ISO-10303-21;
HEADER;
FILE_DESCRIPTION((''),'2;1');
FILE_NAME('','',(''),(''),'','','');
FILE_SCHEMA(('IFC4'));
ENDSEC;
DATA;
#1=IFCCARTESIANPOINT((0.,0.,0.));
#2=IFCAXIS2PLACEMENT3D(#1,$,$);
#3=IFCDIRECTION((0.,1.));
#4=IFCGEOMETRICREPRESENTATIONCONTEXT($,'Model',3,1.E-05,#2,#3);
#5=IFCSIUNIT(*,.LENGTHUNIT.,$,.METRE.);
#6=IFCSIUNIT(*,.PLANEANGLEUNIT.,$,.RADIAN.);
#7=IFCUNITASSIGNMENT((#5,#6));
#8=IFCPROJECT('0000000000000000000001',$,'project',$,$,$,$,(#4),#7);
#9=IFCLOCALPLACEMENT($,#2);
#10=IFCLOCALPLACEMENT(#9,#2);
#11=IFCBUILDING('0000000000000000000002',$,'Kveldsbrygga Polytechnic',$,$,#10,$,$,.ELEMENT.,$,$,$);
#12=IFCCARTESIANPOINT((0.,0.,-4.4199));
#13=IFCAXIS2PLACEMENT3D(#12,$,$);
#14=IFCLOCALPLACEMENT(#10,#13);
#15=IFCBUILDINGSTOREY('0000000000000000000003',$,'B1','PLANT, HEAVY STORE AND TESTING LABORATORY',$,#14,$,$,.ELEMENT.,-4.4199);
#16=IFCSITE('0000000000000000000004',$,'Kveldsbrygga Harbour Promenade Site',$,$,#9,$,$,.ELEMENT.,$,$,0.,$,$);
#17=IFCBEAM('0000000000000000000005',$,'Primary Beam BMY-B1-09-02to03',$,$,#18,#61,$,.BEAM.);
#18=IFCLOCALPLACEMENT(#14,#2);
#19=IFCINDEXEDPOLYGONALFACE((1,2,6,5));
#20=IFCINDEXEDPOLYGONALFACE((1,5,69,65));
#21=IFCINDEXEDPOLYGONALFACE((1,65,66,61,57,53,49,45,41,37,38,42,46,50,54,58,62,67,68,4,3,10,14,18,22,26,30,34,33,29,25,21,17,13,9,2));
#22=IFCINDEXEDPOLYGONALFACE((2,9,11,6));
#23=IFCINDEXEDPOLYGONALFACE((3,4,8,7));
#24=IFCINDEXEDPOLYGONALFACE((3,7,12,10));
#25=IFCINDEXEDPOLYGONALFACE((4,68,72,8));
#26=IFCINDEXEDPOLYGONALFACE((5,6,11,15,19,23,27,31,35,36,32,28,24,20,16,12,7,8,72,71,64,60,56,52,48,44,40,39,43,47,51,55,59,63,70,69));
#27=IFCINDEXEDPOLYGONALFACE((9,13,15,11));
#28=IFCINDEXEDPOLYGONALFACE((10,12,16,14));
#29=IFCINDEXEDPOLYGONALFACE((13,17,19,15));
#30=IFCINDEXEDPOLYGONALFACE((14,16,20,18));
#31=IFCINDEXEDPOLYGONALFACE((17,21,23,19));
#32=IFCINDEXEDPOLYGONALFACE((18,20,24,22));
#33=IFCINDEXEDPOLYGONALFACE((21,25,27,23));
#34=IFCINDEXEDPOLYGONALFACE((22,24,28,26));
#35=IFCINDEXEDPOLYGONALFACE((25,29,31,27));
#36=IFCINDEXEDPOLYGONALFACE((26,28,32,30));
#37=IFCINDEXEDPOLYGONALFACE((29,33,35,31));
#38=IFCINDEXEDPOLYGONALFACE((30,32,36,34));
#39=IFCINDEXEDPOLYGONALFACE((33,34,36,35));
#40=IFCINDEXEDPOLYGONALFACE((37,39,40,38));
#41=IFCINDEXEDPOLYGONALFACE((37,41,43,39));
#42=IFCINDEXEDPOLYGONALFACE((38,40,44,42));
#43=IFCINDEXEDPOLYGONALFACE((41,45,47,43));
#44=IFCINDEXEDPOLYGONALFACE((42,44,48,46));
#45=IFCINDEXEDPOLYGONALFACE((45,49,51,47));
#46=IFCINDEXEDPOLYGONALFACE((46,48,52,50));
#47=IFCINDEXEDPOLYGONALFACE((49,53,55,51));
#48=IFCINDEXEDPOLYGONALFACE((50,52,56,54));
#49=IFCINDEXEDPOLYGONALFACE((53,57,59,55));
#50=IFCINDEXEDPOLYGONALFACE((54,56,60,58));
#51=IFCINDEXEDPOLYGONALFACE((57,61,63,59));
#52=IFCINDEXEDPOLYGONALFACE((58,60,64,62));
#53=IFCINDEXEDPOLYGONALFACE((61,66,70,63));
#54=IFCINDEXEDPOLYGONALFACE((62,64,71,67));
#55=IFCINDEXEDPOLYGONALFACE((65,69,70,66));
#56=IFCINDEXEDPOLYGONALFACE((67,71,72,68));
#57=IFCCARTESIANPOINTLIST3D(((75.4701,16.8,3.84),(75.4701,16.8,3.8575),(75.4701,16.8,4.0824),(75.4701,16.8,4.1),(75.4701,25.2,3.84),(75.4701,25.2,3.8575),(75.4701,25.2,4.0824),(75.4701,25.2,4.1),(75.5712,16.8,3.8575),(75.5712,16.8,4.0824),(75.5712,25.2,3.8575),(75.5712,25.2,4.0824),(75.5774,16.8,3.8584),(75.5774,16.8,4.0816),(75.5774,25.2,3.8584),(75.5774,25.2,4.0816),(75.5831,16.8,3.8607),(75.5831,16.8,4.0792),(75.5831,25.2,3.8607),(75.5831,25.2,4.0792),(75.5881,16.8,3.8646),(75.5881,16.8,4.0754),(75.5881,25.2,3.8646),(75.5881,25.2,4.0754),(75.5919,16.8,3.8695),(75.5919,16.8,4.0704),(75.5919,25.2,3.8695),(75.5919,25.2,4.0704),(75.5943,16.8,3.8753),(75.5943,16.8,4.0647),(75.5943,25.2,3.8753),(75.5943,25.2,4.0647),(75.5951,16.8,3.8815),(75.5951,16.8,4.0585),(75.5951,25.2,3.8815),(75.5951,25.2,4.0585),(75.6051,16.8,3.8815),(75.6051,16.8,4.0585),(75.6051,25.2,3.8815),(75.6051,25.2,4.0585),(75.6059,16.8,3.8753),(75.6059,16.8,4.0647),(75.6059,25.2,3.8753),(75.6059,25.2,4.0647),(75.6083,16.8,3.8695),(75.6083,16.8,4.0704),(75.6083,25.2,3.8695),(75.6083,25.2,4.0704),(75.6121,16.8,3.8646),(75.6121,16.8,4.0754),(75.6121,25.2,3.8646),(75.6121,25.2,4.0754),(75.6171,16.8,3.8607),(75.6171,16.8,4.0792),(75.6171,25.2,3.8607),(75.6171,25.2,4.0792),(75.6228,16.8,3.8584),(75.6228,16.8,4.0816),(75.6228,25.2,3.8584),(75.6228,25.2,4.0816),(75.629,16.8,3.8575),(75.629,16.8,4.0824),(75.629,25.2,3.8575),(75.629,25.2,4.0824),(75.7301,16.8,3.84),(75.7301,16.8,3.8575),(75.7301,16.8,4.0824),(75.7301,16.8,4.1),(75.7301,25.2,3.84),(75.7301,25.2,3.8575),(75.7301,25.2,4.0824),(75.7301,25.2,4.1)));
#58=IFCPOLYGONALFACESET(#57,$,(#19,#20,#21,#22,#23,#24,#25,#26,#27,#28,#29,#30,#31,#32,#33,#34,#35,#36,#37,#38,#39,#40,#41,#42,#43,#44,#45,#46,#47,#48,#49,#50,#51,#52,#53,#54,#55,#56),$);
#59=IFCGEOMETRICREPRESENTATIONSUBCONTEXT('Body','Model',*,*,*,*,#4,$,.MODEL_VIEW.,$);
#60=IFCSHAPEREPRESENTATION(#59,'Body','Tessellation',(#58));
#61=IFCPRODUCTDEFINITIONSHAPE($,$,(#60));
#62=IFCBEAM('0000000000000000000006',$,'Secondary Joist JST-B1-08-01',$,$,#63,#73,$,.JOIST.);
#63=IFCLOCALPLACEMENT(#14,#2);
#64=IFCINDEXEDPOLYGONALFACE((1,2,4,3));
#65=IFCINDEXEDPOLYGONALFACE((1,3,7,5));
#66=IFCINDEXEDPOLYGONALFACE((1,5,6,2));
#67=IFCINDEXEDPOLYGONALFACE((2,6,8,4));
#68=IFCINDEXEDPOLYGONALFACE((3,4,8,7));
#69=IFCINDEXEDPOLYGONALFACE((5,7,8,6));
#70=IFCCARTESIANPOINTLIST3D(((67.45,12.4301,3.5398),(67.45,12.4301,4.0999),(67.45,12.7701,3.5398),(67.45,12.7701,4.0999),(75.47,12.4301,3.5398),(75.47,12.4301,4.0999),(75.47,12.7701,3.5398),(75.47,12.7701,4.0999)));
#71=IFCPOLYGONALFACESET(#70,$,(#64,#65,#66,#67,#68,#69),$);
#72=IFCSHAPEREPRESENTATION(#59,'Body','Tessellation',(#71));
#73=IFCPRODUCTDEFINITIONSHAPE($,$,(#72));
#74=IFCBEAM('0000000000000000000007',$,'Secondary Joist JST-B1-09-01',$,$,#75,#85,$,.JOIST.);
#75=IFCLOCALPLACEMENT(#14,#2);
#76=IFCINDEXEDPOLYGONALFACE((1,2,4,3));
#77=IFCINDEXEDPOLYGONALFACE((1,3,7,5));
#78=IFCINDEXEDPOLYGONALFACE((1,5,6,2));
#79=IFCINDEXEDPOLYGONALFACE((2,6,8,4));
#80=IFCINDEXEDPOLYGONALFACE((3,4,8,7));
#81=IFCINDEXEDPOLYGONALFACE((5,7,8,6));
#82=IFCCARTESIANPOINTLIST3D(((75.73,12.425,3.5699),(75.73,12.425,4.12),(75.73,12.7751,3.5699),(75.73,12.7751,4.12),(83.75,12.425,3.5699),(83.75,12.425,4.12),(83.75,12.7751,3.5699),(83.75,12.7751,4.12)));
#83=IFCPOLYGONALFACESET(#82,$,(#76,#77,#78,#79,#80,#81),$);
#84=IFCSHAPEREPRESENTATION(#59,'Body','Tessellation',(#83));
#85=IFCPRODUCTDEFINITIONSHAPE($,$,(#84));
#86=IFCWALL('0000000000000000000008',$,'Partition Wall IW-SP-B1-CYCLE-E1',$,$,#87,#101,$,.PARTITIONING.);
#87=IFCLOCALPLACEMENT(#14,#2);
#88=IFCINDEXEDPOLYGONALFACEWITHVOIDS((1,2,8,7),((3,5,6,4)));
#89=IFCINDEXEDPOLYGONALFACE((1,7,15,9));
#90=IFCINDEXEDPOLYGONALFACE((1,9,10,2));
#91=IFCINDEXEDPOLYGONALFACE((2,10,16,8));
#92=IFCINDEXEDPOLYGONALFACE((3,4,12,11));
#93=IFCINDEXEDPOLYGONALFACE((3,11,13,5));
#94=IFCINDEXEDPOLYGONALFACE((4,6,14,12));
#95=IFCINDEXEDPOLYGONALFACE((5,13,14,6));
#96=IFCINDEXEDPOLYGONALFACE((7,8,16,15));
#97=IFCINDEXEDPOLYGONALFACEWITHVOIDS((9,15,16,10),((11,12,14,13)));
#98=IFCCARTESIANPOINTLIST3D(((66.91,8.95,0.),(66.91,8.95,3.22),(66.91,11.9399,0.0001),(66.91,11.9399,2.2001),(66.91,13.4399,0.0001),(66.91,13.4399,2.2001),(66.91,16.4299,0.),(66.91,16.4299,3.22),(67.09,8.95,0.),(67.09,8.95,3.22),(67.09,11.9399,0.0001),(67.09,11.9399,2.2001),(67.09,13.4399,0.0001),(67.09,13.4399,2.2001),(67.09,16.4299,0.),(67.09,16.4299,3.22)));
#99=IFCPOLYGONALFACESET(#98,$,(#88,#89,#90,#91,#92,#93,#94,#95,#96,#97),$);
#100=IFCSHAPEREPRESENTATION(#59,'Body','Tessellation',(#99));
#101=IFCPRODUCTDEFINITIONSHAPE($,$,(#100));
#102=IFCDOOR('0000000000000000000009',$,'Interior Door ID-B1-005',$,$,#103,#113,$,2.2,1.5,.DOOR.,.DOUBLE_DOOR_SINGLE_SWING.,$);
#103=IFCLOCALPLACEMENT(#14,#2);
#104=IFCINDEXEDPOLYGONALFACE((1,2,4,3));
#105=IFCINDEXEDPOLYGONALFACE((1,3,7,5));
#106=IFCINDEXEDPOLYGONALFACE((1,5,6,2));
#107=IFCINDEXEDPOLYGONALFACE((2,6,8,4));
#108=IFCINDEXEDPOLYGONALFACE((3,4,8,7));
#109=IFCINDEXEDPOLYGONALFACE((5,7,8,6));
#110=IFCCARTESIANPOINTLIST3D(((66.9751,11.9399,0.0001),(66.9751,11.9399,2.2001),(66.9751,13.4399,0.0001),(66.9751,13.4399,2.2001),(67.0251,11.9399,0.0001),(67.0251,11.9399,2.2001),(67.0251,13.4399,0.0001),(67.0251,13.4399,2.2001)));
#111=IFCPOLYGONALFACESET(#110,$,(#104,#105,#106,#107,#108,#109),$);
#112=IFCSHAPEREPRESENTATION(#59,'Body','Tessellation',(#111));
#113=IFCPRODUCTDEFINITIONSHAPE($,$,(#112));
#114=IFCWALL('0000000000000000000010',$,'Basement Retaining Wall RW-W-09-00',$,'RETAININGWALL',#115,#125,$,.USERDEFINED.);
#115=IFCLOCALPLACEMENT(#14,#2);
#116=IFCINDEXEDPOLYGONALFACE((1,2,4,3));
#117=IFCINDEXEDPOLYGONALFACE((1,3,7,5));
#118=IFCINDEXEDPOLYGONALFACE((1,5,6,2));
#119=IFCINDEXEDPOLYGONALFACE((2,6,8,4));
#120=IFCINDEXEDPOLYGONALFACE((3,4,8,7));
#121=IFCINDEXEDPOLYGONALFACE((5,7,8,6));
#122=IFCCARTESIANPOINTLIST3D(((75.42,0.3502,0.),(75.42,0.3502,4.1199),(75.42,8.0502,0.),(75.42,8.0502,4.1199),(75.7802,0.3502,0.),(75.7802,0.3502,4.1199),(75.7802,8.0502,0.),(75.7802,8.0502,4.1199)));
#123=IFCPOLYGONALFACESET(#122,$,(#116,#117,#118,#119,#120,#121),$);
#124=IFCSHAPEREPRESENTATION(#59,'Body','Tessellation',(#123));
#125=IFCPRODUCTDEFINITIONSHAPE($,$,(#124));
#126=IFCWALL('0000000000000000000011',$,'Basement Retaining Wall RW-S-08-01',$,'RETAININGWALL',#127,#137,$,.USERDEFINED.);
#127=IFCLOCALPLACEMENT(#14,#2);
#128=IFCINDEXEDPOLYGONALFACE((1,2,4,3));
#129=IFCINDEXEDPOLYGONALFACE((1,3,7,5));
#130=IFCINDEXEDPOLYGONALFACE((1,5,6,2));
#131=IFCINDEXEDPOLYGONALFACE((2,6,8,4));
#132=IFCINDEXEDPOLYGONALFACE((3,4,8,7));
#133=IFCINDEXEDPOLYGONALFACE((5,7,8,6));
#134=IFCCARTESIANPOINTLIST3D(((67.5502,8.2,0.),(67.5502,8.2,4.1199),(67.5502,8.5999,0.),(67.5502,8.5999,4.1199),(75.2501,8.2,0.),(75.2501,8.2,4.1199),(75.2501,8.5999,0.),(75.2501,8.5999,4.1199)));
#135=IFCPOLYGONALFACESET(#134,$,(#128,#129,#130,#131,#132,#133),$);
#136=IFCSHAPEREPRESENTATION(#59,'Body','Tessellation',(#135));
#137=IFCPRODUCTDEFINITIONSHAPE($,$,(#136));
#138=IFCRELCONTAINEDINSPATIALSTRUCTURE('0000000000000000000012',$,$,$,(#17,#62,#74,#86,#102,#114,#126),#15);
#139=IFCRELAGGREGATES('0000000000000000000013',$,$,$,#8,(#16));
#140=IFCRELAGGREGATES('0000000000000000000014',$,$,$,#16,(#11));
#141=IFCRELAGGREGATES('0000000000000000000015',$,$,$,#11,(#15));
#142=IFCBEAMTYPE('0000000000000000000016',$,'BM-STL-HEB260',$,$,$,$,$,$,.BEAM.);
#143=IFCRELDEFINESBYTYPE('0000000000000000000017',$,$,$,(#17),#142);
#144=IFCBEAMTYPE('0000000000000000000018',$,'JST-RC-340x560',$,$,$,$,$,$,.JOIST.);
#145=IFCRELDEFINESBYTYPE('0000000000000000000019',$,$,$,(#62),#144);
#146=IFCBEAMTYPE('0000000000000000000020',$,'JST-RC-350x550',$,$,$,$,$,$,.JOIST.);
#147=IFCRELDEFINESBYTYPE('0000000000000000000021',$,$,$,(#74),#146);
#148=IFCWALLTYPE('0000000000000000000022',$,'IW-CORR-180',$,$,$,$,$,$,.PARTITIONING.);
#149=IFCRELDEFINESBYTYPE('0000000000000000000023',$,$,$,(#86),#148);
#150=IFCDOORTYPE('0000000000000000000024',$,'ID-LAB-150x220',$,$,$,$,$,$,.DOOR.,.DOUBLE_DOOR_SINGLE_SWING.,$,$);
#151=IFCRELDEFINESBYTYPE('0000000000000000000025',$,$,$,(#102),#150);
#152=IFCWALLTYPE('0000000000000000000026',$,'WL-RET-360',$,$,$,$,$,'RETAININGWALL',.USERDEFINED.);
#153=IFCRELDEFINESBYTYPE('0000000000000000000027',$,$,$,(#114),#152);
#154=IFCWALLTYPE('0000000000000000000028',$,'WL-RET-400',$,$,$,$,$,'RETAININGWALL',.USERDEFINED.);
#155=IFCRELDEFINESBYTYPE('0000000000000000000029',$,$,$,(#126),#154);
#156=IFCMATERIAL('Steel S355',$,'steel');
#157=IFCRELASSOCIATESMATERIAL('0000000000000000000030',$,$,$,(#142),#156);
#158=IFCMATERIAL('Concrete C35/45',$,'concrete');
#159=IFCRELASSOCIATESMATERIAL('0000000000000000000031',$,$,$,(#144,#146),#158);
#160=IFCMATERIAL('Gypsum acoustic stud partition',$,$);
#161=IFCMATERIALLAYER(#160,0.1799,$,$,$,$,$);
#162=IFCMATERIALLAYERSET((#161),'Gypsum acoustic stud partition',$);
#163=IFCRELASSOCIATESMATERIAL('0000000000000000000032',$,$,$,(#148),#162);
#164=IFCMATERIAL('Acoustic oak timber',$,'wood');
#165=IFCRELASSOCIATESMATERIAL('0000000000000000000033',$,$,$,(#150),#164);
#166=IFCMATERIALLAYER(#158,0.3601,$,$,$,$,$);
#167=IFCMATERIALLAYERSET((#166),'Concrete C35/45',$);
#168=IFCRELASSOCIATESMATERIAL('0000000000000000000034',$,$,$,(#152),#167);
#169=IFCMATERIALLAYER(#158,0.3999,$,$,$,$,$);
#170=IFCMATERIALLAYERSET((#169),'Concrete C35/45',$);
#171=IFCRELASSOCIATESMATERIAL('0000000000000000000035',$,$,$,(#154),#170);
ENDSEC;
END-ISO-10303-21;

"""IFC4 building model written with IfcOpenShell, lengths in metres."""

from ifc_helpers import new_model, si_unit, direction, frame, frame_2d, origin, origin_2d, place, context, subcontext, project, spatial, rectangle, i_section, extrude, material, layer, layer_set, material_profile, profile_set, type_object, element, fill, save


model = new_model("IFC4")

# Units and contexts
model_context = context("Model", 3, precision=1e-05, world=origin(), true_north=direction((0.0, 1.0)))
body_context = subcontext(model_context, "Body", "Model", "MODEL_VIEW")
ifc_project = project(units=[si_unit("LENGTHUNIT", "METRE"), si_unit("PLANEANGLEUNIT", "RADIAN")], contexts=[model_context])

# Site, building, storey
site_placement = place(None, origin())
site = spatial("IfcSite", under=ifc_project, at=site_placement, Name="Kveldsbrygga Harbour Promenade Site", CompositionType="ELEMENT", RefElevation=0.0)
building_placement = place(site_placement, origin())
building = spatial("IfcBuilding", under=site, at=building_placement, Name="Kveldsbrygga Polytechnic", CompositionType="ELEMENT")
storey_placement = place(building_placement, frame((0.0, 0.0, -4.4199)))
storey = spatial("IfcBuildingStorey", under=building, at=storey_placement, Name="B1", Description="PLANT, HEAVY STORE AND TESTING LABORATORY", CompositionType="ELEMENT", Elevation=-4.4199)

# Beams
ifc_material_1 = material(Name="Concrete C35/45", Category="concrete")
ifc_material_2 = material(Name="Steel S355", Category="steel")
ifc_material_profile_1 = material_profile(ifc_material_2, i_section(OverallWidth=0.26, OverallDepth=0.26, WebThickness=0.01, FlangeThickness=0.0176, FilletRadius=0.0239, at=origin_2d()), Name="HEB 260")
ifc_profile_set_1 = profile_set([ifc_material_profile_1], Name="Steel S355")
beam_type_1 = type_object("IfcBeamType", Name="BM-STL-HEB260", PredefinedType="BEAM", material=ifc_profile_set_1)
beam_1_placement = place(storey_placement, frame((75.6001, 16.8, 3.97), z_axis=(0.0, 1.0, 0.0), x_axis=(-1.0, 0.0, 0.0)))
element("IfcBeam", 1, at=beam_1_placement, inside=storey, type_object=beam_type_1, Name="Primary Beam BMY-B1-09-02to03", PredefinedType="BEAM", context=body_context, shape_type="SweptSolid", body=[
    extrude(i_section(OverallWidth=0.26, OverallDepth=0.26, WebThickness=0.01, FlangeThickness=0.0176, FilletRadius=0.0239, at=origin_2d()), origin(), (0.0, 0.0, 1.0), 8.3999),
])
ifc_material_profile_2 = material_profile(ifc_material_1, rectangle(XDim=0.3401, YDim=0.5601, at=origin_2d()), Name="RC 340x560")
ifc_profile_set_2 = profile_set([ifc_material_profile_2], Name="Concrete C35/45")
beam_type_2 = type_object("IfcBeamType", Name="JST-RC-340x560", PredefinedType="JOIST", material=ifc_profile_set_2)
beam_2_placement = place(storey_placement, frame((67.45, 12.6001, 3.8198), z_axis=(1.0, 0.0, 0.0), x_axis=(0.0, 1.0, 0.0)))
element("IfcBeam", 2, at=beam_2_placement, inside=storey, type_object=beam_type_2, Name="Secondary Joist JST-B1-08-01", PredefinedType="JOIST", context=body_context, shape_type="SweptSolid", body=[
    extrude(rectangle(XDim=0.3401, YDim=0.5601, at=origin_2d()), origin(), (0.0, 0.0, 1.0), 8.02),
])
ifc_material_profile_3 = material_profile(ifc_material_1, rectangle(XDim=0.3501, YDim=0.55, at=origin_2d()), Name="RC 350x550")
ifc_profile_set_3 = profile_set([ifc_material_profile_3], Name="Concrete C35/45")
beam_type_3 = type_object("IfcBeamType", Name="JST-RC-350x550", PredefinedType="JOIST", material=ifc_profile_set_3)
beam_3_placement = place(storey_placement, frame((75.73, 12.6001, 3.845), z_axis=(1.0, 0.0, 0.0), x_axis=(0.0, 1.0, 0.0)))
element("IfcBeam", 3, at=beam_3_placement, inside=storey, type_object=beam_type_3, Name="Secondary Joist JST-B1-09-01", PredefinedType="JOIST", context=body_context, shape_type="SweptSolid", body=[
    extrude(rectangle(XDim=0.3501, YDim=0.55, at=origin_2d()), origin(), (0.0, 0.0, 1.0), 8.02),
])

# Wall, opening, door
ifc_material_3 = material(Name="Gypsum acoustic stud partition")
ifc_layer_1 = layer(ifc_material_3, 0.1799)
ifc_layer_set_1 = layer_set([ifc_layer_1], Name="Gypsum acoustic stud partition")
wall_type_1 = type_object("IfcWallType", Name="IW-CORR-180", PredefinedType="PARTITIONING", material=ifc_layer_set_1)
wall_1_placement = place(storey_placement, frame((67.0, 8.95, 0.0), z_axis=(0.0, 0.0, 1.0), x_axis=(0.0, 1.0, 0.0)))
wall_1 = element("IfcWall", 4, at=wall_1_placement, inside=storey, type_object=wall_type_1, Name="Partition Wall IW-SP-B1-CYCLE-E1", PredefinedType="PARTITIONING", context=body_context, shape_type="SweptSolid", body=[
    extrude(rectangle(XDim=7.48, YDim=0.1799, at=frame_2d((3.74, 0.0))), origin(), (0.0, 0.0, 1.0), 3.22),
])
opening_placement = place(wall_1_placement, frame((2.99, 0.0, 0.0)))
opening = element("IfcOpeningElement", 5, at=opening_placement, cuts=wall_1, PredefinedType="OPENING", context=body_context, shape_type="SweptSolid", body=[
    extrude(rectangle(XDim=1.5, YDim=2.2, at=frame_2d((0.75, 1.1001))), frame((0.0, 0.1001, 0.0), z_axis=(0.0, -1.0, 0.0), x_axis=(1.0, 0.0, 0.0)), (0.0, 0.0, 1.0), 0.2),
])
ifc_material_4 = material(Name="Acoustic oak timber", Category="wood")
door_type = type_object("IfcDoorType", Name="ID-LAB-150x220", OperationType="DOUBLE_DOOR_SINGLE_SWING", PredefinedType="DOOR", material=ifc_material_4)
door_placement = place(opening_placement, origin())
door = element("IfcDoor", 6, at=door_placement, inside=storey, type_object=door_type, Name="Interior Door ID-B1-005", OperationType="DOUBLE_DOOR_SINGLE_SWING", OverallHeight=2.2, OverallWidth=1.5, PredefinedType="DOOR", context=body_context, shape_type="SweptSolid", body=[
    extrude(rectangle(XDim=1.5, YDim=2.2, at=frame_2d((0.75, 1.1001))), frame((0.0, 0.0249, 0.0), z_axis=(0.0, -1.0, 0.0), x_axis=(1.0, 0.0, 0.0)), (0.0, 0.0, 1.0), 0.05),
])
fill(opening, door)

# Walls
ifc_layer_2 = layer(ifc_material_1, 0.3601)
ifc_layer_set_2 = layer_set([ifc_layer_2], Name="Concrete C35/45")
wall_type_2 = type_object("IfcWallType", Name="WL-RET-360", ElementType="RETAININGWALL", PredefinedType="USERDEFINED", material=ifc_layer_set_2)
wall_2_placement = place(storey_placement, frame((75.6001, 0.3501, 0.0), z_axis=(0.0, 0.0, 1.0), x_axis=(0.0, 1.0, 0.0)))
element("IfcWall", 7, at=wall_2_placement, inside=storey, type_object=wall_type_2, Name="Basement Retaining Wall RW-W-09-00", ObjectType="RETAININGWALL", PredefinedType="USERDEFINED", context=body_context, shape_type="SweptSolid", body=[
    extrude(rectangle(XDim=7.7, YDim=0.3601, at=frame_2d((3.8501, 0.0))), origin(), (0.0, 0.0, 1.0), 4.1199),
])
ifc_layer_3 = layer(ifc_material_1, 0.3999)
ifc_layer_set_3 = layer_set([ifc_layer_3], Name="Concrete C35/45")
wall_type_3 = type_object("IfcWallType", Name="WL-RET-400", ElementType="RETAININGWALL", PredefinedType="USERDEFINED", material=ifc_layer_set_3)
wall_3_placement = place(storey_placement, frame((67.55, 8.3999, 0.0), z_axis=(0.0, 0.0, 1.0), x_axis=(1.0, 0.0, 0.0)))
element("IfcWall", 8, at=wall_3_placement, inside=storey, type_object=wall_type_3, Name="Basement Retaining Wall RW-S-08-01", ObjectType="RETAININGWALL", PredefinedType="USERDEFINED", context=body_context, shape_type="SweptSolid", body=[
    extrude(rectangle(XDim=7.7, YDim=0.3999, at=frame_2d((3.8501, 0.0))), origin(), (0.0, 0.0, 1.0), 4.1199),
])

save(model, "model.ifc")
